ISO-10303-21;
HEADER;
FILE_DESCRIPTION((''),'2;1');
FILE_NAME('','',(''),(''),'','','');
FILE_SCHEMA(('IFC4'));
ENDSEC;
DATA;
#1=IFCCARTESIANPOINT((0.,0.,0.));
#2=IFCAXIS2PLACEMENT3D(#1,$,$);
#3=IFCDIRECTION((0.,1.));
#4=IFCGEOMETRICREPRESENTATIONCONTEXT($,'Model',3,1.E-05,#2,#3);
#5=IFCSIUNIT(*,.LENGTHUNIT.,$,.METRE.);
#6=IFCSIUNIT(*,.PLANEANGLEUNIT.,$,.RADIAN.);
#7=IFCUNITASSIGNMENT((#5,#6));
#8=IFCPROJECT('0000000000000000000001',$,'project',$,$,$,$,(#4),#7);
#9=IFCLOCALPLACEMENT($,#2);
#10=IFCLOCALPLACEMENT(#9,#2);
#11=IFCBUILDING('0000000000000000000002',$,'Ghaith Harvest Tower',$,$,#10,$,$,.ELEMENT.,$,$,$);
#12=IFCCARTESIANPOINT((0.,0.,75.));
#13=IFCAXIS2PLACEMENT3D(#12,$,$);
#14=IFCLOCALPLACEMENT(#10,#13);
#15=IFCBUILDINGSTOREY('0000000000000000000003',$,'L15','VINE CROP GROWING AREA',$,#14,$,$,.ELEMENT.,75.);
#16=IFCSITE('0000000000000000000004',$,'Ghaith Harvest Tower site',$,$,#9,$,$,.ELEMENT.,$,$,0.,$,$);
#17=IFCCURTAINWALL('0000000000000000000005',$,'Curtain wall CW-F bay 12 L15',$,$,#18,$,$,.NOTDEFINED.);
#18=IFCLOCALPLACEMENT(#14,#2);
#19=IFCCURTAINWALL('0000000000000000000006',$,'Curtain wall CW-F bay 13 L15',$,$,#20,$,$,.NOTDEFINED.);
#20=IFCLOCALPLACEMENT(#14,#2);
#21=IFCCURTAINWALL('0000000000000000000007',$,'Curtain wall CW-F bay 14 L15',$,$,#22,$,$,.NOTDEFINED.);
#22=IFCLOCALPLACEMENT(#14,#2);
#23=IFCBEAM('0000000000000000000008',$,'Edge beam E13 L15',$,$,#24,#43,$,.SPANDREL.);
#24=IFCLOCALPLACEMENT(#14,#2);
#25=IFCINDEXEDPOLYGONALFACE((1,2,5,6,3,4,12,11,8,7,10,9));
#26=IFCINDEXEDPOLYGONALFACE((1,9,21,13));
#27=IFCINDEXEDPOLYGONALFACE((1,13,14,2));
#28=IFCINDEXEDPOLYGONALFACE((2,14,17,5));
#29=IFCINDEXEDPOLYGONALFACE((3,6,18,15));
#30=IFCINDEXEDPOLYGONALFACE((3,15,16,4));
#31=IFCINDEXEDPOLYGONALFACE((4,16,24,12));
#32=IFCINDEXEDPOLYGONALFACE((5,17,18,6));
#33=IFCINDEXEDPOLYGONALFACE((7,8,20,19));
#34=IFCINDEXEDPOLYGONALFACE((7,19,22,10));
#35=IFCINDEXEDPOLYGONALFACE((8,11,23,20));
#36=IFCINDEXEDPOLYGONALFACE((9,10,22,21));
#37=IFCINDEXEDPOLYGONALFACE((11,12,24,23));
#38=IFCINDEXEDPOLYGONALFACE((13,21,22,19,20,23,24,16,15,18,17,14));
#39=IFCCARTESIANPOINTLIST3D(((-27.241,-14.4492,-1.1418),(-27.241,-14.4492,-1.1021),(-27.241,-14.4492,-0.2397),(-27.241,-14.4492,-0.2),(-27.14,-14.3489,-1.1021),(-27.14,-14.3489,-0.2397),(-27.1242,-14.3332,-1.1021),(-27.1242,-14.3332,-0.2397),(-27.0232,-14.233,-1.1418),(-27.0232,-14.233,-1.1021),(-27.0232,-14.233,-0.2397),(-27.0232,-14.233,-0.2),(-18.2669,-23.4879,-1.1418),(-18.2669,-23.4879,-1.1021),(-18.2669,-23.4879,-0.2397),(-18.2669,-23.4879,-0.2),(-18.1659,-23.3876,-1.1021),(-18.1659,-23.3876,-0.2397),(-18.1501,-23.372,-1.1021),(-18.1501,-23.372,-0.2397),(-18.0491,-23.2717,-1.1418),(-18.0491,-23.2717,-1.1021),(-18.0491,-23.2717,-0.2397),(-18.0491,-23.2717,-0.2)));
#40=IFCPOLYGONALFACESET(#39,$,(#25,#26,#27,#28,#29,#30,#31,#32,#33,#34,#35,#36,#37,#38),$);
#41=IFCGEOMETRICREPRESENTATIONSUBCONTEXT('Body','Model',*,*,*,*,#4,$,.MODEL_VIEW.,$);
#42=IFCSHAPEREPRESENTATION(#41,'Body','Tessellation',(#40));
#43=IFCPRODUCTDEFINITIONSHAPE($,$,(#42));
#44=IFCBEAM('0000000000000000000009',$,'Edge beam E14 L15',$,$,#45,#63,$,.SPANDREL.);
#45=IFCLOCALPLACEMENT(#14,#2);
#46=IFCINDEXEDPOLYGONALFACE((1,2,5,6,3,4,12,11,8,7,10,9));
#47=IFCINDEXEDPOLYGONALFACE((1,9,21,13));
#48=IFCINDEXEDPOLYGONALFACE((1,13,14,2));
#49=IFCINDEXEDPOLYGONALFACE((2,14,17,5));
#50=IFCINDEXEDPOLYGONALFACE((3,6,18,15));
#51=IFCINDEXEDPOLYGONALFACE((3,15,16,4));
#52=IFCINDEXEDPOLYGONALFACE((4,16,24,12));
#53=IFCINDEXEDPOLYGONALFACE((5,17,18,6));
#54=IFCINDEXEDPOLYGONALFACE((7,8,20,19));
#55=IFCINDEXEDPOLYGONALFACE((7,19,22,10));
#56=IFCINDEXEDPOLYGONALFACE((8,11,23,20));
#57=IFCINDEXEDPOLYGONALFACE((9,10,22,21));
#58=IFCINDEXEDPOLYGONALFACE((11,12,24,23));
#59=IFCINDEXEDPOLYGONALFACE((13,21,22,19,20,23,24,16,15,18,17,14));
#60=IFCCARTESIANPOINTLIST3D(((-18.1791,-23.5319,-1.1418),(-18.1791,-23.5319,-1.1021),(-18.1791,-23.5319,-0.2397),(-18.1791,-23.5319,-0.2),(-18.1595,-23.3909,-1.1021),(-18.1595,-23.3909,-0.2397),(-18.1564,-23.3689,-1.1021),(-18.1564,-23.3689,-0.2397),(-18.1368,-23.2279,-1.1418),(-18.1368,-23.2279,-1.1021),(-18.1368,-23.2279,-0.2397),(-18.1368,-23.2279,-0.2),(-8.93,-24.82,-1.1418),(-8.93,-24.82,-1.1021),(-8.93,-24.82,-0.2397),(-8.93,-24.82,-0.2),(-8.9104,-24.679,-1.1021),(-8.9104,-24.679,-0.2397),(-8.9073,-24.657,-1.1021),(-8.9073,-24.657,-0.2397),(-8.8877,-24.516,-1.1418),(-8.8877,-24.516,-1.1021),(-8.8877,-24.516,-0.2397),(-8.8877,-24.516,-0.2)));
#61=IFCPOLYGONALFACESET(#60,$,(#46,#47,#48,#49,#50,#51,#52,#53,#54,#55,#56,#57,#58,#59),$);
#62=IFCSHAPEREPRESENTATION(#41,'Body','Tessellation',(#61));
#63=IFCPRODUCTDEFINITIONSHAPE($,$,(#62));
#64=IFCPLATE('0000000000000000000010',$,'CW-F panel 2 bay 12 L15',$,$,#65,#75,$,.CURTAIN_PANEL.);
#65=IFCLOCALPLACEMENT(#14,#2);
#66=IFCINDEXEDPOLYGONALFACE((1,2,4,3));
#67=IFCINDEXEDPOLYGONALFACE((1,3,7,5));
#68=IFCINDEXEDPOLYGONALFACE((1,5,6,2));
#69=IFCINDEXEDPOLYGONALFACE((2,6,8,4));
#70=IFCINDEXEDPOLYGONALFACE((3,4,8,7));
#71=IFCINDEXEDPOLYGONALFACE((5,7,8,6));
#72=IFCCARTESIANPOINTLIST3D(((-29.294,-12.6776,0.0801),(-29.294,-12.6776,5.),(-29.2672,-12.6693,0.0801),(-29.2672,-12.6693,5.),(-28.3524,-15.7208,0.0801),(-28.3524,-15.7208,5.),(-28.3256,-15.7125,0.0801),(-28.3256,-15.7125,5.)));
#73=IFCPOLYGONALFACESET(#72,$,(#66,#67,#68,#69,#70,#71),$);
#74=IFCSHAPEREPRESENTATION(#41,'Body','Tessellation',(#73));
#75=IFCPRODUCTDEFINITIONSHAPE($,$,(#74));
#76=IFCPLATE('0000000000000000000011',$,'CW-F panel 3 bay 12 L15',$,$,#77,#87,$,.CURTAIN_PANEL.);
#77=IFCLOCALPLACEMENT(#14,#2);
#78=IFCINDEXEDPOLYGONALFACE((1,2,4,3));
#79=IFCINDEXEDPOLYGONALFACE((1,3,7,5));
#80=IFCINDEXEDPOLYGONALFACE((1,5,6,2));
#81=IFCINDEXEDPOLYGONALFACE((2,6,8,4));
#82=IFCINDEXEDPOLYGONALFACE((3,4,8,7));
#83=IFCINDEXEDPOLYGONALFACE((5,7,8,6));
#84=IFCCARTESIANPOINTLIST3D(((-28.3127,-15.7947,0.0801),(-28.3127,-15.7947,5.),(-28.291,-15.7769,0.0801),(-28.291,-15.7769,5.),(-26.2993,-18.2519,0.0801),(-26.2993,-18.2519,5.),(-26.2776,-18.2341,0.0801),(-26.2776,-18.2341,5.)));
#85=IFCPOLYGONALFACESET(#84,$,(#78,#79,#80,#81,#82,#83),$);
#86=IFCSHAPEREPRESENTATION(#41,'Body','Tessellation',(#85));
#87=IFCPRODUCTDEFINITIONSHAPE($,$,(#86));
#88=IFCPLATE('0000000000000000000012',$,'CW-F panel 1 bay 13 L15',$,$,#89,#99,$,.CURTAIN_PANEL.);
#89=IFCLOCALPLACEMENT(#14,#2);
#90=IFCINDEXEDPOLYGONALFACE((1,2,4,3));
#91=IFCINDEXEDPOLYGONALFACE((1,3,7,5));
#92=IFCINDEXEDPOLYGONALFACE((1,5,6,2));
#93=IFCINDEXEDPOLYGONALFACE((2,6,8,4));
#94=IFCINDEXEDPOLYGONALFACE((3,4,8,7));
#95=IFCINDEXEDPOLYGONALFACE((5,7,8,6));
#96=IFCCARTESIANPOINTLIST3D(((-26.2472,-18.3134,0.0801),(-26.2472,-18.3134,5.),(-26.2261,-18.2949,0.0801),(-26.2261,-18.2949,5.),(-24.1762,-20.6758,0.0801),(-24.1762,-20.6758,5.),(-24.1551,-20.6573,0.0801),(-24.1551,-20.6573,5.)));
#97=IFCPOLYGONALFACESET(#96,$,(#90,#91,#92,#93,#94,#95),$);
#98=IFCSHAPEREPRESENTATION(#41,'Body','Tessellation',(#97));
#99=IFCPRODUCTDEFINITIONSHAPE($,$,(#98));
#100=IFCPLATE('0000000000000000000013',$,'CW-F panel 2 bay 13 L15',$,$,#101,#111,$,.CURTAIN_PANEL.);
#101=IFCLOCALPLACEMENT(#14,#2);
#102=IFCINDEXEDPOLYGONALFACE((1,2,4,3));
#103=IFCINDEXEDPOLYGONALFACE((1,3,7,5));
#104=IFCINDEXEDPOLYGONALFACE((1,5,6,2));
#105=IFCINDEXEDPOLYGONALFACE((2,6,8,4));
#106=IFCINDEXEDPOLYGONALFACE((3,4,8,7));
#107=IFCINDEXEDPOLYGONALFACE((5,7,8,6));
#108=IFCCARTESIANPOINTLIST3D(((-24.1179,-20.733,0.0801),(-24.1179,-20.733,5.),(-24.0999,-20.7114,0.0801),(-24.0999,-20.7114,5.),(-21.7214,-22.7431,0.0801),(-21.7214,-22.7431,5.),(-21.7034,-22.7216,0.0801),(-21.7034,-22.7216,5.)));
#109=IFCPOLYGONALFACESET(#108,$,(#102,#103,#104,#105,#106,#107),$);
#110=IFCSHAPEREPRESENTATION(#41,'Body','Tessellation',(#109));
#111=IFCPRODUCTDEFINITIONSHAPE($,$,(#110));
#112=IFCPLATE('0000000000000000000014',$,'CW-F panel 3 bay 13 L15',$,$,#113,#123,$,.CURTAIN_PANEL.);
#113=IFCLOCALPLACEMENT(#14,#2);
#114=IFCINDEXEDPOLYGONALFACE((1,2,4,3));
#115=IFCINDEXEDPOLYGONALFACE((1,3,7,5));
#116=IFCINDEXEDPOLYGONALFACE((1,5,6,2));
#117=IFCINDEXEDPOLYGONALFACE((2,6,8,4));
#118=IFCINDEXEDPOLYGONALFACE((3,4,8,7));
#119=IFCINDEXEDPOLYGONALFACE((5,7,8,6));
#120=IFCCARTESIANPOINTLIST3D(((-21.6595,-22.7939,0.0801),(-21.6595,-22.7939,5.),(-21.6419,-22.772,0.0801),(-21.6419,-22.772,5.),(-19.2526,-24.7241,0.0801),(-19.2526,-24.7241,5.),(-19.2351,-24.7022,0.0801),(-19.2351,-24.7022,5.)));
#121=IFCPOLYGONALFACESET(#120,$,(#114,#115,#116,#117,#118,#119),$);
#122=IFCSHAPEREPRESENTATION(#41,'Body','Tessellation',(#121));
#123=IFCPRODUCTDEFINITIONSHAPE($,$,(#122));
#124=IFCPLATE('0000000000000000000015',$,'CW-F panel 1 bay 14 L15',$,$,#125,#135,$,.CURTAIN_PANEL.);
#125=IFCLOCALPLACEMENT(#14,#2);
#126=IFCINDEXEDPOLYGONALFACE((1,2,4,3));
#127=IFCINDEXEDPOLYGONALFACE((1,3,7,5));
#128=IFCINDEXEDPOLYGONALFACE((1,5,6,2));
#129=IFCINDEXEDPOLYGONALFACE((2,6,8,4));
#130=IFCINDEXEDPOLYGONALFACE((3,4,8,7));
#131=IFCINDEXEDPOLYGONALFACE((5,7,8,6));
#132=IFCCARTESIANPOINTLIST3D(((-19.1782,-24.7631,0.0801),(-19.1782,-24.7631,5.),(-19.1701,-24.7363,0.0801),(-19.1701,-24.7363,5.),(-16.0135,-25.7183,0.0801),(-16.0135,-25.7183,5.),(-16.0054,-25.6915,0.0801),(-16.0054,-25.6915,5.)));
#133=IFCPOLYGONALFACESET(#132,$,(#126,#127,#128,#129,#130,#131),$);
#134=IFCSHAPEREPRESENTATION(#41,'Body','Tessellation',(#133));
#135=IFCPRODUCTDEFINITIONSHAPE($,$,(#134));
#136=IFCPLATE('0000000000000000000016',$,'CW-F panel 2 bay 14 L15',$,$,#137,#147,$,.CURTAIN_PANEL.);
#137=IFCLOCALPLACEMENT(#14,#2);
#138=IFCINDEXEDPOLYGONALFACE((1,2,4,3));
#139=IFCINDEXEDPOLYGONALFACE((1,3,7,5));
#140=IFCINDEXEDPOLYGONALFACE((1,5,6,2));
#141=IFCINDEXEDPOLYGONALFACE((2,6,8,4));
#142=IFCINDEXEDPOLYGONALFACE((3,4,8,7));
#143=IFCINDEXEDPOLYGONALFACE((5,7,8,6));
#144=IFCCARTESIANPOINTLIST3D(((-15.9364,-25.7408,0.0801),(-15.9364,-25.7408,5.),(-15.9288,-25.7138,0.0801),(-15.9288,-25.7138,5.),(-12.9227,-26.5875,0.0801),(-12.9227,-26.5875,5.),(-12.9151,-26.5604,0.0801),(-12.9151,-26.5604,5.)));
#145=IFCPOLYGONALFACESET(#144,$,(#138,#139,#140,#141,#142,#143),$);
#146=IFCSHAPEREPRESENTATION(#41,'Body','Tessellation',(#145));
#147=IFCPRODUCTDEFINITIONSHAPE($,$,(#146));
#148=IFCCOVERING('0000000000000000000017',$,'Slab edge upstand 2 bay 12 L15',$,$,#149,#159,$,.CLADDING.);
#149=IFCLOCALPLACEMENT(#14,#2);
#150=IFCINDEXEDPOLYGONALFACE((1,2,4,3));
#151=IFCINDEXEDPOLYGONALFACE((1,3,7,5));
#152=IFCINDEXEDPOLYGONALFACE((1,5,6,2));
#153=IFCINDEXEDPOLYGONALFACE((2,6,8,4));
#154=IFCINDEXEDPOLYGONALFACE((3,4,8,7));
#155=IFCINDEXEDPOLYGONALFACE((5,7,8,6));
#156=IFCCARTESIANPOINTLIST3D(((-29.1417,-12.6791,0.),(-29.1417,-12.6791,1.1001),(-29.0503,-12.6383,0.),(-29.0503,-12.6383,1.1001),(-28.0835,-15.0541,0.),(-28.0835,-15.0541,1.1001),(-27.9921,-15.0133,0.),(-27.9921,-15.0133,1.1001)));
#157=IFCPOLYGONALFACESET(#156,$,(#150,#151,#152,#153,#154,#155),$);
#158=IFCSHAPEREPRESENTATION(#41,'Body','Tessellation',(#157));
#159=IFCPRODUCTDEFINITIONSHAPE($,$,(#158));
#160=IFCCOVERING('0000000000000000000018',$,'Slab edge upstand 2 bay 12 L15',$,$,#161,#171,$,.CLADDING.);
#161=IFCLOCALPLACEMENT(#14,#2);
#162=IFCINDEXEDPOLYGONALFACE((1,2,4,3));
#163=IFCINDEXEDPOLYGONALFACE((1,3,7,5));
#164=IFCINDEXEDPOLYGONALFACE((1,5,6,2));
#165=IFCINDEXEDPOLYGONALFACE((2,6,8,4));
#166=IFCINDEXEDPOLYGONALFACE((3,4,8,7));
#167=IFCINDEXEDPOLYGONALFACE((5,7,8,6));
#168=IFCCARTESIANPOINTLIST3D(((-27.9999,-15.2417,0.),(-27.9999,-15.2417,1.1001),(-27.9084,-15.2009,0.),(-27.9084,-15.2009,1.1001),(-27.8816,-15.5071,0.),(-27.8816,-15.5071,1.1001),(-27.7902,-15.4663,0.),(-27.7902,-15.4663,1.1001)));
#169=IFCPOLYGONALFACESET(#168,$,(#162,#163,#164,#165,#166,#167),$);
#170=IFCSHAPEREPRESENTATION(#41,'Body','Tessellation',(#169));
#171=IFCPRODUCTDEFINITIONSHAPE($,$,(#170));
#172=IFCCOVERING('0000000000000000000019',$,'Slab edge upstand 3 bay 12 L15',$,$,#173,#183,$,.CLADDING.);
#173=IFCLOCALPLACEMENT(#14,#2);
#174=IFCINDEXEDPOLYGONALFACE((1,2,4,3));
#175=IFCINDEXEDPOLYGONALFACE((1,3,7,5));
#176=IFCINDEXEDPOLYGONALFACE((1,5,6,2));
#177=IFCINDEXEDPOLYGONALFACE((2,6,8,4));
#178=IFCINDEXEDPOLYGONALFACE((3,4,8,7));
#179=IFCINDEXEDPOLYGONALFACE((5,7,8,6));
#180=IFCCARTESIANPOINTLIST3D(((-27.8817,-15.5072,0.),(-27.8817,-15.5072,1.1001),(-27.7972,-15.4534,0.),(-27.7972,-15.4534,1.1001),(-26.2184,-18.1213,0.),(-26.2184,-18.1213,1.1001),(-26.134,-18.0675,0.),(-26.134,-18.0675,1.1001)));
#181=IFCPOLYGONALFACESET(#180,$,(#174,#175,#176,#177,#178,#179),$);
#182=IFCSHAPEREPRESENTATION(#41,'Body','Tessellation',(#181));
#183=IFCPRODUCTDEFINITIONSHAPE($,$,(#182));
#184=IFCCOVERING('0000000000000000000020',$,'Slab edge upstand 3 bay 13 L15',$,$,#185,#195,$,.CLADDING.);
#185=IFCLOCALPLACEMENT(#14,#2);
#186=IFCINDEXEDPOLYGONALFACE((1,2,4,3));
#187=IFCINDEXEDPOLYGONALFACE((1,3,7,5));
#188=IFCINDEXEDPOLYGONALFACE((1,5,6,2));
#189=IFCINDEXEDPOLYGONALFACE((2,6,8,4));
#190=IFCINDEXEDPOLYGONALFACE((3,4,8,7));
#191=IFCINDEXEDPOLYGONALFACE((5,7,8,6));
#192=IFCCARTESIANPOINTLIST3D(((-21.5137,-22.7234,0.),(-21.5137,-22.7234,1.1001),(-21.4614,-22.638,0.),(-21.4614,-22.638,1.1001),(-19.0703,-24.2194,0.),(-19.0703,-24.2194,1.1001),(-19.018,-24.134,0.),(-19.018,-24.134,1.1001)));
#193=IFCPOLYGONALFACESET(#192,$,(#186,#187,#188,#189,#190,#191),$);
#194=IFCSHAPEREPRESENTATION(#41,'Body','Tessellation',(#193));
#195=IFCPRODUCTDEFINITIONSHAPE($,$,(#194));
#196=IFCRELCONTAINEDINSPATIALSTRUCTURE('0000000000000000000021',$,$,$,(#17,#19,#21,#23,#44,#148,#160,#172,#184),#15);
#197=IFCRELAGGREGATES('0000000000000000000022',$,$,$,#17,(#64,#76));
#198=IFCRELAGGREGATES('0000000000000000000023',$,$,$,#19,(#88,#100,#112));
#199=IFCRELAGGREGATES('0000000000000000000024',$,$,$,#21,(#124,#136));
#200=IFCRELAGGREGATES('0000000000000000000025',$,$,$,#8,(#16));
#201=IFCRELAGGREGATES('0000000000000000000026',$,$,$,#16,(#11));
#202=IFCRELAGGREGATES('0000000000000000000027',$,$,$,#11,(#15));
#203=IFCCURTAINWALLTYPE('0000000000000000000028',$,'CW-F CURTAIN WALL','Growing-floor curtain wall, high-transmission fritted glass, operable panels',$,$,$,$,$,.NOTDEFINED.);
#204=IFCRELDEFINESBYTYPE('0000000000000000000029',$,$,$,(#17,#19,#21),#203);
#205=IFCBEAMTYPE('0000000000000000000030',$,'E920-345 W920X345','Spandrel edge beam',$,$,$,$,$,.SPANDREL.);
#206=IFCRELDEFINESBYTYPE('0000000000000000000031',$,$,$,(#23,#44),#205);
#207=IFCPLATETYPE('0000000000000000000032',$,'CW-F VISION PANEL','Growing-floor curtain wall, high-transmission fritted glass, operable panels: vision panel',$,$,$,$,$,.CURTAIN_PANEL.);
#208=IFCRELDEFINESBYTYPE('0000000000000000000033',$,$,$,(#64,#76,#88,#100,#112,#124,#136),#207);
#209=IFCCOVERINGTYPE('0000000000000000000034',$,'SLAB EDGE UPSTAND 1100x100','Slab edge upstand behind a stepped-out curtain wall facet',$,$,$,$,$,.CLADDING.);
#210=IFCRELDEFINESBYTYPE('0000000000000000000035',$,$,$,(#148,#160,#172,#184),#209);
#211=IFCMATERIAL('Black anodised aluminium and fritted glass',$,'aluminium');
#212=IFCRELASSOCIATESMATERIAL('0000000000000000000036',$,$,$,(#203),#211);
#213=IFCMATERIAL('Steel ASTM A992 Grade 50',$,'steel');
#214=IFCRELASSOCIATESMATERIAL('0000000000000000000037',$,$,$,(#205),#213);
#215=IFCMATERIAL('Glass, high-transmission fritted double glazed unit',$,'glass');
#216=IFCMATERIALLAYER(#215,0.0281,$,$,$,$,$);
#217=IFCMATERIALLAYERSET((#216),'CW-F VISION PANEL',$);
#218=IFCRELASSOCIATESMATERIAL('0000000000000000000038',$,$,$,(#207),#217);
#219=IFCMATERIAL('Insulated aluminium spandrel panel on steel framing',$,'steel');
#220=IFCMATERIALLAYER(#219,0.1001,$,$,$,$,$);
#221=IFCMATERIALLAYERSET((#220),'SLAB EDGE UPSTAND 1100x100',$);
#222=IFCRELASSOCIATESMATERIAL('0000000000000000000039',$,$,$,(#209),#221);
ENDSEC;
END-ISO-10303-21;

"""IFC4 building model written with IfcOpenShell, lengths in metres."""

from ifc_helpers import new_model, si_unit, direction, frame, origin, origin_2d, place, context, subcontext, project, spatial, rectangle, i_section, extrude, material, layer, layer_set, material_profile, profile_set, type_object, element, aggregate, save


model = new_model("IFC4")

# Units and contexts
model_context = context("Model", 3, precision=1e-05, world=origin(), true_north=direction((0.0, 1.0)))
body_context = subcontext(model_context, "Body", "Model", "MODEL_VIEW")
ifc_project = project(units=[si_unit("LENGTHUNIT", "METRE"), si_unit("PLANEANGLEUNIT", "RADIAN")], contexts=[model_context])

# Site, building, storey
site_placement = place(None, origin())
site = spatial("IfcSite", under=ifc_project, at=site_placement, Name="Ghaith Harvest Tower site", CompositionType="ELEMENT", RefElevation=0.0)
building_placement = place(site_placement, origin())
building = spatial("IfcBuilding", under=site, at=building_placement, Name="Ghaith Harvest Tower", CompositionType="ELEMENT")
storey_placement = place(building_placement, frame((0.0, 0.0, 75.0)))
storey = spatial("IfcBuildingStorey", under=building, at=storey_placement, Name="L15", Description="VINE CROP GROWING AREA", CompositionType="ELEMENT", Elevation=75.0)

# Curtain wall
ifc_material_1 = material(Name="Black anodised aluminium and fritted glass", Category="aluminium")
curtain_wall_type = type_object("IfcCurtainWallType", Name="CW-F CURTAIN WALL", Description="Growing-floor curtain wall, high-transmission fritted glass, operable panels", PredefinedType="NOTDEFINED", material=ifc_material_1)
curtain_wall_1_placement = place(storey_placement, origin())
curtain_wall_1 = element("IfcCurtainWall", 1, at=curtain_wall_1_placement, inside=storey, type_object=curtain_wall_type, Name="Curtain wall CW-F bay 12 L15", PredefinedType="NOTDEFINED")

# Curtain walls
curtain_wall_2_placement = place(storey_placement, origin())
curtain_wall_2 = element("IfcCurtainWall", 2, at=curtain_wall_2_placement, inside=storey, type_object=curtain_wall_type, Name="Curtain wall CW-F bay 13 L15", PredefinedType="NOTDEFINED")
curtain_wall_3_placement = place(storey_placement, origin())
curtain_wall_3 = element("IfcCurtainWall", 3, at=curtain_wall_3_placement, inside=storey, type_object=curtain_wall_type, Name="Curtain wall CW-F bay 14 L15", PredefinedType="NOTDEFINED")

# Beams
ifc_material_2 = material(Name="Steel ASTM A992 Grade 50", Category="steel")
ifc_material_profile_1 = material_profile(ifc_material_2, i_section(OverallWidth=0.3069, OverallDepth=0.9419, WebThickness=0.0222, FlangeThickness=0.0398, at=origin_2d()), Name="W920X345")
ifc_profile_set_1 = profile_set([ifc_material_profile_1], Name="Steel ASTM A992 Grade 50")
beam_type = type_object("IfcBeamType", Name="E920-345 W920X345", Description="Spandrel edge beam", PredefinedType="SPANDREL", material=ifc_profile_set_1)
beam_1_placement = place(storey_placement, frame((-27.1321, -14.3411, -0.6709), z_axis=(0.704563, -0.709642, 0.0), x_axis=(0.709642, 0.704563, 0.0)))
element("IfcBeam", 4, at=beam_1_placement, inside=storey, type_object=beam_type, Name="Edge beam E13 L15", PredefinedType="SPANDREL", context=body_context, shape_type="SweptSolid", body=[
    extrude(i_section(OverallWidth=0.3069, OverallDepth=0.9419, WebThickness=0.0222, FlangeThickness=0.0398, at=origin_2d()), origin(), (0.0, 0.0, 1.0), 12.7371),
])
beam_2_placement = place(storey_placement, frame((-18.158, -23.3799, -0.6709), z_axis=(0.990441, -0.137936, 0.0), x_axis=(0.137936, 0.990441, 0.0)))
element("IfcBeam", 5, at=beam_2_placement, inside=storey, type_object=beam_type, Name="Edge beam E14 L15", PredefinedType="SPANDREL", context=body_context, shape_type="SweptSolid", body=[
    extrude(i_section(OverallWidth=0.3069, OverallDepth=0.9419, WebThickness=0.0222, FlangeThickness=0.0398, at=origin_2d()), origin(), (0.0, 0.0, 1.0), 9.3384),
])

# Plates
ifc_material_3 = material(Name="Glass, high-transmission fritted double glazed unit", Category="glass")
ifc_layer_1 = layer(ifc_material_3, 0.0281)
ifc_layer_set_1 = layer_set([ifc_layer_1], Name="CW-F VISION PANEL")
plate_type = type_object("IfcPlateType", Name="CW-F VISION PANEL", Description="Growing-floor curtain wall, high-transmission fritted glass, operable panels: vision panel", PredefinedType="CURTAIN_PANEL", material=ifc_layer_set_1)
plate_1_placement = place(storey_placement, frame((-28.8098, -14.1951, 0.0801), z_axis=(0.0, 0.0, 1.0), x_axis=(0.295583, -0.955317, 0.0)))
plate_1 = element("IfcPlate", 6, at=plate_1_placement, type_object=plate_type, Name="CW-F panel 2 bay 12 L15", PredefinedType="CURTAIN_PANEL", context=body_context, shape_type="SweptSolid", body=[
    extrude(rectangle(XDim=3.1855, YDim=0.0281, at=origin_2d()), origin(), (0.0, 0.0, 1.0), 4.9199),
])
plate_2_placement = place(storey_placement, frame((-27.2952, -17.0144, 0.0801), z_axis=(0.0, 0.0, 1.0), x_axis=(0.63379, -0.773505, 0.0)))
plate_2 = element("IfcPlate", 7, at=plate_2_placement, type_object=plate_type, Name="CW-F panel 3 bay 12 L15", PredefinedType="CURTAIN_PANEL", context=body_context, shape_type="SweptSolid", body=[
    extrude(rectangle(XDim=3.1768, YDim=0.0281, at=origin_2d()), origin(), (0.0, 0.0, 1.0), 4.9199),
])
aggregate(curtain_wall_1, [plate_1, plate_2])
plate_3_placement = place(storey_placement, frame((-25.2012, -19.4854, 0.0801), z_axis=(0.0, 0.0, 1.0), x_axis=(0.659216, -0.751954, 0.0)))
plate_3 = element("IfcPlate", 8, at=plate_3_placement, type_object=plate_type, Name="CW-F panel 1 bay 13 L15", PredefinedType="CURTAIN_PANEL", context=body_context, shape_type="SweptSolid", body=[
    extrude(rectangle(XDim=3.1416, YDim=0.0281, at=origin_2d()), origin(), (0.0, 0.0, 1.0), 4.9199),
])
plate_4_placement = place(storey_placement, frame((-22.9106, -21.7273, 0.0801), z_axis=(0.0, 0.0, 1.0), x_axis=(0.766155, -0.642656, 0.0)))
plate_4 = element("IfcPlate", 9, at=plate_4_placement, type_object=plate_type, Name="CW-F panel 2 bay 13 L15", PredefinedType="CURTAIN_PANEL", context=body_context, shape_type="SweptSolid", body=[
    extrude(rectangle(XDim=3.1279, YDim=0.0281, at=origin_2d()), origin(), (0.0, 0.0, 1.0), 4.9199),
])
plate_5_placement = place(storey_placement, frame((-20.4473, -23.748, 0.0801), z_axis=(0.0, 0.0, 1.0), x_axis=(0.780122, -0.625627, 0.0)))
plate_5 = element("IfcPlate", 10, at=plate_5_placement, type_object=plate_type, Name="CW-F panel 3 bay 13 L15", PredefinedType="CURTAIN_PANEL", context=body_context, shape_type="SweptSolid", body=[
    extrude(rectangle(XDim=3.0852, YDim=0.0281, at=origin_2d()), origin(), (0.0, 0.0, 1.0), 4.9199),
])
aggregate(curtain_wall_2, [plate_3, plate_4, plate_5])
plate_6_placement = place(storey_placement, frame((-17.5918, -25.2273, 0.0801), z_axis=(0.0, 0.0, 1.0), x_axis=(0.957342, -0.288956, 0.0)))
plate_6 = element("IfcPlate", 11, at=plate_6_placement, type_object=plate_type, Name="CW-F panel 1 bay 14 L15", PredefinedType="CURTAIN_PANEL", context=body_context, shape_type="SweptSolid", body=[
    extrude(rectangle(XDim=3.3057, YDim=0.0281, at=origin_2d()), origin(), (0.0, 0.0, 1.0), 4.9199),
])
plate_7_placement = place(storey_placement, frame((-14.4258, -26.1506, 0.0801), z_axis=(0.0, 0.0, 1.0), x_axis=(0.96273, -0.270465, 0.0)))
plate_7 = element("IfcPlate", 12, at=plate_7_placement, type_object=plate_type, Name="CW-F panel 2 bay 14 L15", PredefinedType="CURTAIN_PANEL", context=body_context, shape_type="SweptSolid", body=[
    extrude(rectangle(XDim=3.1304, YDim=0.0281, at=origin_2d()), origin(), (0.0, 0.0, 1.0), 4.9199),
])
aggregate(curtain_wall_3, [plate_6, plate_7])

# Coverings
ifc_material_4 = material(Name="Insulated aluminium spandrel panel on steel framing", Category="steel")
ifc_layer_2 = layer(ifc_material_4, 0.1001)
ifc_layer_set_2 = layer_set([ifc_layer_2], Name="SLAB EDGE UPSTAND 1100x100")
covering_type = type_object("IfcCoveringType", Name="SLAB EDGE UPSTAND 1100x100", Description="Slab edge upstand behind a stepped-out curtain wall facet", PredefinedType="CLADDING", material=ifc_layer_set_2)
covering_1_placement = place(storey_placement, frame((-28.5669, -13.8462, 0.0), z_axis=(0.0, 0.0, 1.0), x_axis=(0.407003, -0.913427, 0.0)))
element("IfcCovering", 13, at=covering_1_placement, inside=storey, type_object=covering_type, Name="Slab edge upstand 2 bay 12 L15", PredefinedType="CLADDING", context=body_context, shape_type="SweptSolid", body=[
    extrude(rectangle(XDim=2.6001, YDim=0.1001, at=origin_2d()), origin(), (0.0, 0.0, 1.0), 1.1001),
])
covering_2_placement = place(storey_placement, frame((-27.895, -15.354, 0.0), z_axis=(0.0, 0.0, 1.0), x_axis=(0.407003, -0.913427, 0.0)))
element("IfcCovering", 14, at=covering_2_placement, inside=storey, type_object=covering_type, Name="Slab edge upstand 2 bay 12 L15", PredefinedType="CLADDING", context=body_context, shape_type="SweptSolid", body=[
    extrude(rectangle(XDim=0.2905, YDim=0.1001, at=origin_2d()), origin(), (0.0, 0.0, 1.0), 1.1001),
])
covering_3_placement = place(storey_placement, frame((-27.0078, -16.7874, 0.0), z_axis=(0.0, 0.0, 1.0), x_axis=(0.536807, -0.843705, 0.0)))
element("IfcCovering", 15, at=covering_3_placement, inside=storey, type_object=covering_type, Name="Slab edge upstand 3 bay 12 L15", PredefinedType="CLADDING", context=body_context, shape_type="SweptSolid", body=[
    extrude(rectangle(XDim=3.0984, YDim=0.1001, at=origin_2d()), origin(), (0.0, 0.0, 1.0), 1.1001),
])
covering_4_placement = place(storey_placement, frame((-20.2659, -23.4287, 0.0), z_axis=(0.0, 0.0, 1.0), x_axis=(0.852847, -0.522161, 0.0)))
element("IfcCovering", 16, at=covering_4_placement, inside=storey, type_object=covering_type, Name="Slab edge upstand 3 bay 13 L15", PredefinedType="CLADDING", context=body_context, shape_type="SweptSolid", body=[
    extrude(rectangle(XDim=2.865, YDim=0.1001, at=origin_2d()), origin(), (0.0, 0.0, 1.0), 1.1001),
])

save(model, "model.ifc")
